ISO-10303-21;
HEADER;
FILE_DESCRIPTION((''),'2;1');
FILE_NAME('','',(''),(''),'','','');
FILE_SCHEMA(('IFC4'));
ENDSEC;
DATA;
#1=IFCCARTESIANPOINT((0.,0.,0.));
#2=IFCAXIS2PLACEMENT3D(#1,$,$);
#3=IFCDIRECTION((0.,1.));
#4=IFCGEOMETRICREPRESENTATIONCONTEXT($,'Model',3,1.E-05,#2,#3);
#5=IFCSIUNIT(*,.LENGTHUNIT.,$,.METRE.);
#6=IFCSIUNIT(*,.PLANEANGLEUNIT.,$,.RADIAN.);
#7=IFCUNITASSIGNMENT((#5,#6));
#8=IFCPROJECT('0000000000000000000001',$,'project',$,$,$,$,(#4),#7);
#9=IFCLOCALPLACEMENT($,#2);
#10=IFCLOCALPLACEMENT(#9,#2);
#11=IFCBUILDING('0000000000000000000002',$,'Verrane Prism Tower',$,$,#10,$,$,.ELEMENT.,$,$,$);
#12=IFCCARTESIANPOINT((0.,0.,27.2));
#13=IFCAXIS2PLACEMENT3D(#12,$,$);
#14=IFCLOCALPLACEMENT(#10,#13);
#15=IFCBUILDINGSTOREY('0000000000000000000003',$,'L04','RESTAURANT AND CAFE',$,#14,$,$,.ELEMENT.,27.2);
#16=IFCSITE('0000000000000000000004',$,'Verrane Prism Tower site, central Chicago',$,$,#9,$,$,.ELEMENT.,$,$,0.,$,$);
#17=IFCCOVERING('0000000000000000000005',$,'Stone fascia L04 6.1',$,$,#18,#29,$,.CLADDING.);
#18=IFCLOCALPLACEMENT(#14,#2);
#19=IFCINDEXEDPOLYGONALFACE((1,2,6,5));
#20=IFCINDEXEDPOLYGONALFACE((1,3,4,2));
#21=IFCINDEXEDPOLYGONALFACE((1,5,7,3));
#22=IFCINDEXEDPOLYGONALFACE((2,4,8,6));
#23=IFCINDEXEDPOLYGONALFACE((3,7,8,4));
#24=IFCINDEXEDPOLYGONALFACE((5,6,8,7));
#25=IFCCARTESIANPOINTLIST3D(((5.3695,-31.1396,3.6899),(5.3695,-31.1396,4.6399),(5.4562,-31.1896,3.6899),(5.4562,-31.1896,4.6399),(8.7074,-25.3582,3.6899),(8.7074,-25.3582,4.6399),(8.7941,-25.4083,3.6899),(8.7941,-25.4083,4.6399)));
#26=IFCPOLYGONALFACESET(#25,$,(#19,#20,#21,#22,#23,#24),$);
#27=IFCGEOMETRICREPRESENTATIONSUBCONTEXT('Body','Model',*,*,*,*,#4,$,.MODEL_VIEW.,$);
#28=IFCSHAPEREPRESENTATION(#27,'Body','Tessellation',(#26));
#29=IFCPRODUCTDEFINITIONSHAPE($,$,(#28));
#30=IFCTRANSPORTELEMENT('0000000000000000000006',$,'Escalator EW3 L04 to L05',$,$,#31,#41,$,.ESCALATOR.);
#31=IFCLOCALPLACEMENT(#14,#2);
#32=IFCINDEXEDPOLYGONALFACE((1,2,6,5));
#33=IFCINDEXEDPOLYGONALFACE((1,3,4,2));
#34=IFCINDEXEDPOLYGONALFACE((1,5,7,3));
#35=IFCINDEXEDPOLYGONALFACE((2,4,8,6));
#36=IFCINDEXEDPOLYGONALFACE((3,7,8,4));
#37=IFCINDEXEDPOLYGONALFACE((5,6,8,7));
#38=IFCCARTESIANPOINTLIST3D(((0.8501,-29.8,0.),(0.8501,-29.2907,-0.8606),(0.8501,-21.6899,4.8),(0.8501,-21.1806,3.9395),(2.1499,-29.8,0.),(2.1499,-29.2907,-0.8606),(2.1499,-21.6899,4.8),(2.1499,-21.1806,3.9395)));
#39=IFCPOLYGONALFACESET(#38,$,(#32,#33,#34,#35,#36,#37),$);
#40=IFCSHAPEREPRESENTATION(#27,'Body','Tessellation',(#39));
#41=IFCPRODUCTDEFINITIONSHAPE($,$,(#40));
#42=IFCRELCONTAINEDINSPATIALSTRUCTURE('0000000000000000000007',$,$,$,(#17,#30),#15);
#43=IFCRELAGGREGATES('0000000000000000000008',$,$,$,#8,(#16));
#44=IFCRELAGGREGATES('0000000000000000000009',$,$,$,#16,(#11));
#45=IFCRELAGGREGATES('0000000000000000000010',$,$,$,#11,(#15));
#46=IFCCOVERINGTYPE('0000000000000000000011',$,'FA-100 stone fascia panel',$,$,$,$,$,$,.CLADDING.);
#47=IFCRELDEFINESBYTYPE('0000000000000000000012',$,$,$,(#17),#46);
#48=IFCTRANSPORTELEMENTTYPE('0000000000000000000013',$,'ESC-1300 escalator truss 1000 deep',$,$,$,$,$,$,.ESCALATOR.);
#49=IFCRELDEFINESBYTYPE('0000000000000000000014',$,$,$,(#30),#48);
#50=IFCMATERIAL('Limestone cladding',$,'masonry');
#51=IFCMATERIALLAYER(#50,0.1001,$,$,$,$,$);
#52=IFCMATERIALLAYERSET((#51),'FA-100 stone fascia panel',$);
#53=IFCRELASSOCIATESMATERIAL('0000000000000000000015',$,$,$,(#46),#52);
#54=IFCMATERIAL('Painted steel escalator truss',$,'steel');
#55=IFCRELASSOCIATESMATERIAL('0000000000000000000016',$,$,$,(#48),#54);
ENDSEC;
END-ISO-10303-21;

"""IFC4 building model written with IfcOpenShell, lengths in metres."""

from ifc_helpers import new_model, si_unit, direction, frame, origin, origin_2d, place, context, subcontext, project, spatial, polyline, rectangle, outline, extrude, material, layer, layer_set, type_object, element, save


model = new_model("IFC4")

# Units and contexts
model_context = context("Model", 3, precision=1e-05, world=origin(), true_north=direction((0.0, 1.0)))
body_context = subcontext(model_context, "Body", "Model", "MODEL_VIEW")
ifc_project = project(units=[si_unit("LENGTHUNIT", "METRE"), si_unit("PLANEANGLEUNIT", "RADIAN")], contexts=[model_context])

# Site, building, storey
site_placement = place(None, origin())
site = spatial("IfcSite", under=ifc_project, at=site_placement, Name="Verrane Prism Tower site, central Chicago", CompositionType="ELEMENT", RefElevation=0.0)
building_placement = place(site_placement, origin())
building = spatial("IfcBuilding", under=site, at=building_placement, Name="Verrane Prism Tower", CompositionType="ELEMENT")
storey_placement = place(building_placement, frame((0.0, 0.0, 27.2)))
storey = spatial("IfcBuildingStorey", under=building, at=storey_placement, Name="L04", Description="RESTAURANT AND CAFE", CompositionType="ELEMENT", Elevation=27.2)

# Covering
ifc_material_1 = material(Name="Limestone cladding", Category="masonry")
ifc_layer_1 = layer(ifc_material_1, 0.1001)
ifc_layer_set_1 = layer_set([ifc_layer_1], Name="FA-100 stone fascia panel")
covering_type = type_object("IfcCoveringType", Name="FA-100 stone fascia panel", PredefinedType="CLADDING", material=ifc_layer_set_1)
covering_1_placement = place(storey_placement, frame((7.0818, -28.2739, 3.6899), z_axis=(0.0, 0.0, 1.0), x_axis=(0.5, 0.866025, 0.0)))
element("IfcCovering", 1, at=covering_1_placement, inside=storey, type_object=covering_type, Name="Stone fascia L04 6.1", PredefinedType="CLADDING", context=body_context, shape_type="SweptSolid", body=[
    extrude(rectangle(XDim=6.6758, YDim=0.1001, at=origin_2d()), origin(), (0.0, 0.0, 1.0), 0.95),
])

# Transport element
ifc_material_2 = material(Name="Painted steel escalator truss", Category="steel")
transport_element_type = type_object("IfcTransportElementType", Name="ESC-1300 escalator truss 1000 deep", PredefinedType="ESCALATOR", material=ifc_material_2)
transport_element_placement = place(storey_placement, frame((0.8501, -29.8, 0.0), z_axis=(0.0, -0.509336, 0.860568), x_axis=(0.0, 0.860568, 0.509336)))
element("IfcTransportElement", 2, at=transport_element_placement, inside=storey, type_object=transport_element_type, Name="Escalator EW3 L04 to L05", PredefinedType="ESCALATOR", context=body_context, shape_type="SweptSolid", body=[
    extrude(outline(polyline([(0.0, 0.0), (9.4241, 0.0), (9.4241, -1.2998), (0.0, -1.2998), (0.0, 0.0)])), origin(), (0.0, 0.0, -1.0), 1.0),
])

save(model, "model.ifc")
